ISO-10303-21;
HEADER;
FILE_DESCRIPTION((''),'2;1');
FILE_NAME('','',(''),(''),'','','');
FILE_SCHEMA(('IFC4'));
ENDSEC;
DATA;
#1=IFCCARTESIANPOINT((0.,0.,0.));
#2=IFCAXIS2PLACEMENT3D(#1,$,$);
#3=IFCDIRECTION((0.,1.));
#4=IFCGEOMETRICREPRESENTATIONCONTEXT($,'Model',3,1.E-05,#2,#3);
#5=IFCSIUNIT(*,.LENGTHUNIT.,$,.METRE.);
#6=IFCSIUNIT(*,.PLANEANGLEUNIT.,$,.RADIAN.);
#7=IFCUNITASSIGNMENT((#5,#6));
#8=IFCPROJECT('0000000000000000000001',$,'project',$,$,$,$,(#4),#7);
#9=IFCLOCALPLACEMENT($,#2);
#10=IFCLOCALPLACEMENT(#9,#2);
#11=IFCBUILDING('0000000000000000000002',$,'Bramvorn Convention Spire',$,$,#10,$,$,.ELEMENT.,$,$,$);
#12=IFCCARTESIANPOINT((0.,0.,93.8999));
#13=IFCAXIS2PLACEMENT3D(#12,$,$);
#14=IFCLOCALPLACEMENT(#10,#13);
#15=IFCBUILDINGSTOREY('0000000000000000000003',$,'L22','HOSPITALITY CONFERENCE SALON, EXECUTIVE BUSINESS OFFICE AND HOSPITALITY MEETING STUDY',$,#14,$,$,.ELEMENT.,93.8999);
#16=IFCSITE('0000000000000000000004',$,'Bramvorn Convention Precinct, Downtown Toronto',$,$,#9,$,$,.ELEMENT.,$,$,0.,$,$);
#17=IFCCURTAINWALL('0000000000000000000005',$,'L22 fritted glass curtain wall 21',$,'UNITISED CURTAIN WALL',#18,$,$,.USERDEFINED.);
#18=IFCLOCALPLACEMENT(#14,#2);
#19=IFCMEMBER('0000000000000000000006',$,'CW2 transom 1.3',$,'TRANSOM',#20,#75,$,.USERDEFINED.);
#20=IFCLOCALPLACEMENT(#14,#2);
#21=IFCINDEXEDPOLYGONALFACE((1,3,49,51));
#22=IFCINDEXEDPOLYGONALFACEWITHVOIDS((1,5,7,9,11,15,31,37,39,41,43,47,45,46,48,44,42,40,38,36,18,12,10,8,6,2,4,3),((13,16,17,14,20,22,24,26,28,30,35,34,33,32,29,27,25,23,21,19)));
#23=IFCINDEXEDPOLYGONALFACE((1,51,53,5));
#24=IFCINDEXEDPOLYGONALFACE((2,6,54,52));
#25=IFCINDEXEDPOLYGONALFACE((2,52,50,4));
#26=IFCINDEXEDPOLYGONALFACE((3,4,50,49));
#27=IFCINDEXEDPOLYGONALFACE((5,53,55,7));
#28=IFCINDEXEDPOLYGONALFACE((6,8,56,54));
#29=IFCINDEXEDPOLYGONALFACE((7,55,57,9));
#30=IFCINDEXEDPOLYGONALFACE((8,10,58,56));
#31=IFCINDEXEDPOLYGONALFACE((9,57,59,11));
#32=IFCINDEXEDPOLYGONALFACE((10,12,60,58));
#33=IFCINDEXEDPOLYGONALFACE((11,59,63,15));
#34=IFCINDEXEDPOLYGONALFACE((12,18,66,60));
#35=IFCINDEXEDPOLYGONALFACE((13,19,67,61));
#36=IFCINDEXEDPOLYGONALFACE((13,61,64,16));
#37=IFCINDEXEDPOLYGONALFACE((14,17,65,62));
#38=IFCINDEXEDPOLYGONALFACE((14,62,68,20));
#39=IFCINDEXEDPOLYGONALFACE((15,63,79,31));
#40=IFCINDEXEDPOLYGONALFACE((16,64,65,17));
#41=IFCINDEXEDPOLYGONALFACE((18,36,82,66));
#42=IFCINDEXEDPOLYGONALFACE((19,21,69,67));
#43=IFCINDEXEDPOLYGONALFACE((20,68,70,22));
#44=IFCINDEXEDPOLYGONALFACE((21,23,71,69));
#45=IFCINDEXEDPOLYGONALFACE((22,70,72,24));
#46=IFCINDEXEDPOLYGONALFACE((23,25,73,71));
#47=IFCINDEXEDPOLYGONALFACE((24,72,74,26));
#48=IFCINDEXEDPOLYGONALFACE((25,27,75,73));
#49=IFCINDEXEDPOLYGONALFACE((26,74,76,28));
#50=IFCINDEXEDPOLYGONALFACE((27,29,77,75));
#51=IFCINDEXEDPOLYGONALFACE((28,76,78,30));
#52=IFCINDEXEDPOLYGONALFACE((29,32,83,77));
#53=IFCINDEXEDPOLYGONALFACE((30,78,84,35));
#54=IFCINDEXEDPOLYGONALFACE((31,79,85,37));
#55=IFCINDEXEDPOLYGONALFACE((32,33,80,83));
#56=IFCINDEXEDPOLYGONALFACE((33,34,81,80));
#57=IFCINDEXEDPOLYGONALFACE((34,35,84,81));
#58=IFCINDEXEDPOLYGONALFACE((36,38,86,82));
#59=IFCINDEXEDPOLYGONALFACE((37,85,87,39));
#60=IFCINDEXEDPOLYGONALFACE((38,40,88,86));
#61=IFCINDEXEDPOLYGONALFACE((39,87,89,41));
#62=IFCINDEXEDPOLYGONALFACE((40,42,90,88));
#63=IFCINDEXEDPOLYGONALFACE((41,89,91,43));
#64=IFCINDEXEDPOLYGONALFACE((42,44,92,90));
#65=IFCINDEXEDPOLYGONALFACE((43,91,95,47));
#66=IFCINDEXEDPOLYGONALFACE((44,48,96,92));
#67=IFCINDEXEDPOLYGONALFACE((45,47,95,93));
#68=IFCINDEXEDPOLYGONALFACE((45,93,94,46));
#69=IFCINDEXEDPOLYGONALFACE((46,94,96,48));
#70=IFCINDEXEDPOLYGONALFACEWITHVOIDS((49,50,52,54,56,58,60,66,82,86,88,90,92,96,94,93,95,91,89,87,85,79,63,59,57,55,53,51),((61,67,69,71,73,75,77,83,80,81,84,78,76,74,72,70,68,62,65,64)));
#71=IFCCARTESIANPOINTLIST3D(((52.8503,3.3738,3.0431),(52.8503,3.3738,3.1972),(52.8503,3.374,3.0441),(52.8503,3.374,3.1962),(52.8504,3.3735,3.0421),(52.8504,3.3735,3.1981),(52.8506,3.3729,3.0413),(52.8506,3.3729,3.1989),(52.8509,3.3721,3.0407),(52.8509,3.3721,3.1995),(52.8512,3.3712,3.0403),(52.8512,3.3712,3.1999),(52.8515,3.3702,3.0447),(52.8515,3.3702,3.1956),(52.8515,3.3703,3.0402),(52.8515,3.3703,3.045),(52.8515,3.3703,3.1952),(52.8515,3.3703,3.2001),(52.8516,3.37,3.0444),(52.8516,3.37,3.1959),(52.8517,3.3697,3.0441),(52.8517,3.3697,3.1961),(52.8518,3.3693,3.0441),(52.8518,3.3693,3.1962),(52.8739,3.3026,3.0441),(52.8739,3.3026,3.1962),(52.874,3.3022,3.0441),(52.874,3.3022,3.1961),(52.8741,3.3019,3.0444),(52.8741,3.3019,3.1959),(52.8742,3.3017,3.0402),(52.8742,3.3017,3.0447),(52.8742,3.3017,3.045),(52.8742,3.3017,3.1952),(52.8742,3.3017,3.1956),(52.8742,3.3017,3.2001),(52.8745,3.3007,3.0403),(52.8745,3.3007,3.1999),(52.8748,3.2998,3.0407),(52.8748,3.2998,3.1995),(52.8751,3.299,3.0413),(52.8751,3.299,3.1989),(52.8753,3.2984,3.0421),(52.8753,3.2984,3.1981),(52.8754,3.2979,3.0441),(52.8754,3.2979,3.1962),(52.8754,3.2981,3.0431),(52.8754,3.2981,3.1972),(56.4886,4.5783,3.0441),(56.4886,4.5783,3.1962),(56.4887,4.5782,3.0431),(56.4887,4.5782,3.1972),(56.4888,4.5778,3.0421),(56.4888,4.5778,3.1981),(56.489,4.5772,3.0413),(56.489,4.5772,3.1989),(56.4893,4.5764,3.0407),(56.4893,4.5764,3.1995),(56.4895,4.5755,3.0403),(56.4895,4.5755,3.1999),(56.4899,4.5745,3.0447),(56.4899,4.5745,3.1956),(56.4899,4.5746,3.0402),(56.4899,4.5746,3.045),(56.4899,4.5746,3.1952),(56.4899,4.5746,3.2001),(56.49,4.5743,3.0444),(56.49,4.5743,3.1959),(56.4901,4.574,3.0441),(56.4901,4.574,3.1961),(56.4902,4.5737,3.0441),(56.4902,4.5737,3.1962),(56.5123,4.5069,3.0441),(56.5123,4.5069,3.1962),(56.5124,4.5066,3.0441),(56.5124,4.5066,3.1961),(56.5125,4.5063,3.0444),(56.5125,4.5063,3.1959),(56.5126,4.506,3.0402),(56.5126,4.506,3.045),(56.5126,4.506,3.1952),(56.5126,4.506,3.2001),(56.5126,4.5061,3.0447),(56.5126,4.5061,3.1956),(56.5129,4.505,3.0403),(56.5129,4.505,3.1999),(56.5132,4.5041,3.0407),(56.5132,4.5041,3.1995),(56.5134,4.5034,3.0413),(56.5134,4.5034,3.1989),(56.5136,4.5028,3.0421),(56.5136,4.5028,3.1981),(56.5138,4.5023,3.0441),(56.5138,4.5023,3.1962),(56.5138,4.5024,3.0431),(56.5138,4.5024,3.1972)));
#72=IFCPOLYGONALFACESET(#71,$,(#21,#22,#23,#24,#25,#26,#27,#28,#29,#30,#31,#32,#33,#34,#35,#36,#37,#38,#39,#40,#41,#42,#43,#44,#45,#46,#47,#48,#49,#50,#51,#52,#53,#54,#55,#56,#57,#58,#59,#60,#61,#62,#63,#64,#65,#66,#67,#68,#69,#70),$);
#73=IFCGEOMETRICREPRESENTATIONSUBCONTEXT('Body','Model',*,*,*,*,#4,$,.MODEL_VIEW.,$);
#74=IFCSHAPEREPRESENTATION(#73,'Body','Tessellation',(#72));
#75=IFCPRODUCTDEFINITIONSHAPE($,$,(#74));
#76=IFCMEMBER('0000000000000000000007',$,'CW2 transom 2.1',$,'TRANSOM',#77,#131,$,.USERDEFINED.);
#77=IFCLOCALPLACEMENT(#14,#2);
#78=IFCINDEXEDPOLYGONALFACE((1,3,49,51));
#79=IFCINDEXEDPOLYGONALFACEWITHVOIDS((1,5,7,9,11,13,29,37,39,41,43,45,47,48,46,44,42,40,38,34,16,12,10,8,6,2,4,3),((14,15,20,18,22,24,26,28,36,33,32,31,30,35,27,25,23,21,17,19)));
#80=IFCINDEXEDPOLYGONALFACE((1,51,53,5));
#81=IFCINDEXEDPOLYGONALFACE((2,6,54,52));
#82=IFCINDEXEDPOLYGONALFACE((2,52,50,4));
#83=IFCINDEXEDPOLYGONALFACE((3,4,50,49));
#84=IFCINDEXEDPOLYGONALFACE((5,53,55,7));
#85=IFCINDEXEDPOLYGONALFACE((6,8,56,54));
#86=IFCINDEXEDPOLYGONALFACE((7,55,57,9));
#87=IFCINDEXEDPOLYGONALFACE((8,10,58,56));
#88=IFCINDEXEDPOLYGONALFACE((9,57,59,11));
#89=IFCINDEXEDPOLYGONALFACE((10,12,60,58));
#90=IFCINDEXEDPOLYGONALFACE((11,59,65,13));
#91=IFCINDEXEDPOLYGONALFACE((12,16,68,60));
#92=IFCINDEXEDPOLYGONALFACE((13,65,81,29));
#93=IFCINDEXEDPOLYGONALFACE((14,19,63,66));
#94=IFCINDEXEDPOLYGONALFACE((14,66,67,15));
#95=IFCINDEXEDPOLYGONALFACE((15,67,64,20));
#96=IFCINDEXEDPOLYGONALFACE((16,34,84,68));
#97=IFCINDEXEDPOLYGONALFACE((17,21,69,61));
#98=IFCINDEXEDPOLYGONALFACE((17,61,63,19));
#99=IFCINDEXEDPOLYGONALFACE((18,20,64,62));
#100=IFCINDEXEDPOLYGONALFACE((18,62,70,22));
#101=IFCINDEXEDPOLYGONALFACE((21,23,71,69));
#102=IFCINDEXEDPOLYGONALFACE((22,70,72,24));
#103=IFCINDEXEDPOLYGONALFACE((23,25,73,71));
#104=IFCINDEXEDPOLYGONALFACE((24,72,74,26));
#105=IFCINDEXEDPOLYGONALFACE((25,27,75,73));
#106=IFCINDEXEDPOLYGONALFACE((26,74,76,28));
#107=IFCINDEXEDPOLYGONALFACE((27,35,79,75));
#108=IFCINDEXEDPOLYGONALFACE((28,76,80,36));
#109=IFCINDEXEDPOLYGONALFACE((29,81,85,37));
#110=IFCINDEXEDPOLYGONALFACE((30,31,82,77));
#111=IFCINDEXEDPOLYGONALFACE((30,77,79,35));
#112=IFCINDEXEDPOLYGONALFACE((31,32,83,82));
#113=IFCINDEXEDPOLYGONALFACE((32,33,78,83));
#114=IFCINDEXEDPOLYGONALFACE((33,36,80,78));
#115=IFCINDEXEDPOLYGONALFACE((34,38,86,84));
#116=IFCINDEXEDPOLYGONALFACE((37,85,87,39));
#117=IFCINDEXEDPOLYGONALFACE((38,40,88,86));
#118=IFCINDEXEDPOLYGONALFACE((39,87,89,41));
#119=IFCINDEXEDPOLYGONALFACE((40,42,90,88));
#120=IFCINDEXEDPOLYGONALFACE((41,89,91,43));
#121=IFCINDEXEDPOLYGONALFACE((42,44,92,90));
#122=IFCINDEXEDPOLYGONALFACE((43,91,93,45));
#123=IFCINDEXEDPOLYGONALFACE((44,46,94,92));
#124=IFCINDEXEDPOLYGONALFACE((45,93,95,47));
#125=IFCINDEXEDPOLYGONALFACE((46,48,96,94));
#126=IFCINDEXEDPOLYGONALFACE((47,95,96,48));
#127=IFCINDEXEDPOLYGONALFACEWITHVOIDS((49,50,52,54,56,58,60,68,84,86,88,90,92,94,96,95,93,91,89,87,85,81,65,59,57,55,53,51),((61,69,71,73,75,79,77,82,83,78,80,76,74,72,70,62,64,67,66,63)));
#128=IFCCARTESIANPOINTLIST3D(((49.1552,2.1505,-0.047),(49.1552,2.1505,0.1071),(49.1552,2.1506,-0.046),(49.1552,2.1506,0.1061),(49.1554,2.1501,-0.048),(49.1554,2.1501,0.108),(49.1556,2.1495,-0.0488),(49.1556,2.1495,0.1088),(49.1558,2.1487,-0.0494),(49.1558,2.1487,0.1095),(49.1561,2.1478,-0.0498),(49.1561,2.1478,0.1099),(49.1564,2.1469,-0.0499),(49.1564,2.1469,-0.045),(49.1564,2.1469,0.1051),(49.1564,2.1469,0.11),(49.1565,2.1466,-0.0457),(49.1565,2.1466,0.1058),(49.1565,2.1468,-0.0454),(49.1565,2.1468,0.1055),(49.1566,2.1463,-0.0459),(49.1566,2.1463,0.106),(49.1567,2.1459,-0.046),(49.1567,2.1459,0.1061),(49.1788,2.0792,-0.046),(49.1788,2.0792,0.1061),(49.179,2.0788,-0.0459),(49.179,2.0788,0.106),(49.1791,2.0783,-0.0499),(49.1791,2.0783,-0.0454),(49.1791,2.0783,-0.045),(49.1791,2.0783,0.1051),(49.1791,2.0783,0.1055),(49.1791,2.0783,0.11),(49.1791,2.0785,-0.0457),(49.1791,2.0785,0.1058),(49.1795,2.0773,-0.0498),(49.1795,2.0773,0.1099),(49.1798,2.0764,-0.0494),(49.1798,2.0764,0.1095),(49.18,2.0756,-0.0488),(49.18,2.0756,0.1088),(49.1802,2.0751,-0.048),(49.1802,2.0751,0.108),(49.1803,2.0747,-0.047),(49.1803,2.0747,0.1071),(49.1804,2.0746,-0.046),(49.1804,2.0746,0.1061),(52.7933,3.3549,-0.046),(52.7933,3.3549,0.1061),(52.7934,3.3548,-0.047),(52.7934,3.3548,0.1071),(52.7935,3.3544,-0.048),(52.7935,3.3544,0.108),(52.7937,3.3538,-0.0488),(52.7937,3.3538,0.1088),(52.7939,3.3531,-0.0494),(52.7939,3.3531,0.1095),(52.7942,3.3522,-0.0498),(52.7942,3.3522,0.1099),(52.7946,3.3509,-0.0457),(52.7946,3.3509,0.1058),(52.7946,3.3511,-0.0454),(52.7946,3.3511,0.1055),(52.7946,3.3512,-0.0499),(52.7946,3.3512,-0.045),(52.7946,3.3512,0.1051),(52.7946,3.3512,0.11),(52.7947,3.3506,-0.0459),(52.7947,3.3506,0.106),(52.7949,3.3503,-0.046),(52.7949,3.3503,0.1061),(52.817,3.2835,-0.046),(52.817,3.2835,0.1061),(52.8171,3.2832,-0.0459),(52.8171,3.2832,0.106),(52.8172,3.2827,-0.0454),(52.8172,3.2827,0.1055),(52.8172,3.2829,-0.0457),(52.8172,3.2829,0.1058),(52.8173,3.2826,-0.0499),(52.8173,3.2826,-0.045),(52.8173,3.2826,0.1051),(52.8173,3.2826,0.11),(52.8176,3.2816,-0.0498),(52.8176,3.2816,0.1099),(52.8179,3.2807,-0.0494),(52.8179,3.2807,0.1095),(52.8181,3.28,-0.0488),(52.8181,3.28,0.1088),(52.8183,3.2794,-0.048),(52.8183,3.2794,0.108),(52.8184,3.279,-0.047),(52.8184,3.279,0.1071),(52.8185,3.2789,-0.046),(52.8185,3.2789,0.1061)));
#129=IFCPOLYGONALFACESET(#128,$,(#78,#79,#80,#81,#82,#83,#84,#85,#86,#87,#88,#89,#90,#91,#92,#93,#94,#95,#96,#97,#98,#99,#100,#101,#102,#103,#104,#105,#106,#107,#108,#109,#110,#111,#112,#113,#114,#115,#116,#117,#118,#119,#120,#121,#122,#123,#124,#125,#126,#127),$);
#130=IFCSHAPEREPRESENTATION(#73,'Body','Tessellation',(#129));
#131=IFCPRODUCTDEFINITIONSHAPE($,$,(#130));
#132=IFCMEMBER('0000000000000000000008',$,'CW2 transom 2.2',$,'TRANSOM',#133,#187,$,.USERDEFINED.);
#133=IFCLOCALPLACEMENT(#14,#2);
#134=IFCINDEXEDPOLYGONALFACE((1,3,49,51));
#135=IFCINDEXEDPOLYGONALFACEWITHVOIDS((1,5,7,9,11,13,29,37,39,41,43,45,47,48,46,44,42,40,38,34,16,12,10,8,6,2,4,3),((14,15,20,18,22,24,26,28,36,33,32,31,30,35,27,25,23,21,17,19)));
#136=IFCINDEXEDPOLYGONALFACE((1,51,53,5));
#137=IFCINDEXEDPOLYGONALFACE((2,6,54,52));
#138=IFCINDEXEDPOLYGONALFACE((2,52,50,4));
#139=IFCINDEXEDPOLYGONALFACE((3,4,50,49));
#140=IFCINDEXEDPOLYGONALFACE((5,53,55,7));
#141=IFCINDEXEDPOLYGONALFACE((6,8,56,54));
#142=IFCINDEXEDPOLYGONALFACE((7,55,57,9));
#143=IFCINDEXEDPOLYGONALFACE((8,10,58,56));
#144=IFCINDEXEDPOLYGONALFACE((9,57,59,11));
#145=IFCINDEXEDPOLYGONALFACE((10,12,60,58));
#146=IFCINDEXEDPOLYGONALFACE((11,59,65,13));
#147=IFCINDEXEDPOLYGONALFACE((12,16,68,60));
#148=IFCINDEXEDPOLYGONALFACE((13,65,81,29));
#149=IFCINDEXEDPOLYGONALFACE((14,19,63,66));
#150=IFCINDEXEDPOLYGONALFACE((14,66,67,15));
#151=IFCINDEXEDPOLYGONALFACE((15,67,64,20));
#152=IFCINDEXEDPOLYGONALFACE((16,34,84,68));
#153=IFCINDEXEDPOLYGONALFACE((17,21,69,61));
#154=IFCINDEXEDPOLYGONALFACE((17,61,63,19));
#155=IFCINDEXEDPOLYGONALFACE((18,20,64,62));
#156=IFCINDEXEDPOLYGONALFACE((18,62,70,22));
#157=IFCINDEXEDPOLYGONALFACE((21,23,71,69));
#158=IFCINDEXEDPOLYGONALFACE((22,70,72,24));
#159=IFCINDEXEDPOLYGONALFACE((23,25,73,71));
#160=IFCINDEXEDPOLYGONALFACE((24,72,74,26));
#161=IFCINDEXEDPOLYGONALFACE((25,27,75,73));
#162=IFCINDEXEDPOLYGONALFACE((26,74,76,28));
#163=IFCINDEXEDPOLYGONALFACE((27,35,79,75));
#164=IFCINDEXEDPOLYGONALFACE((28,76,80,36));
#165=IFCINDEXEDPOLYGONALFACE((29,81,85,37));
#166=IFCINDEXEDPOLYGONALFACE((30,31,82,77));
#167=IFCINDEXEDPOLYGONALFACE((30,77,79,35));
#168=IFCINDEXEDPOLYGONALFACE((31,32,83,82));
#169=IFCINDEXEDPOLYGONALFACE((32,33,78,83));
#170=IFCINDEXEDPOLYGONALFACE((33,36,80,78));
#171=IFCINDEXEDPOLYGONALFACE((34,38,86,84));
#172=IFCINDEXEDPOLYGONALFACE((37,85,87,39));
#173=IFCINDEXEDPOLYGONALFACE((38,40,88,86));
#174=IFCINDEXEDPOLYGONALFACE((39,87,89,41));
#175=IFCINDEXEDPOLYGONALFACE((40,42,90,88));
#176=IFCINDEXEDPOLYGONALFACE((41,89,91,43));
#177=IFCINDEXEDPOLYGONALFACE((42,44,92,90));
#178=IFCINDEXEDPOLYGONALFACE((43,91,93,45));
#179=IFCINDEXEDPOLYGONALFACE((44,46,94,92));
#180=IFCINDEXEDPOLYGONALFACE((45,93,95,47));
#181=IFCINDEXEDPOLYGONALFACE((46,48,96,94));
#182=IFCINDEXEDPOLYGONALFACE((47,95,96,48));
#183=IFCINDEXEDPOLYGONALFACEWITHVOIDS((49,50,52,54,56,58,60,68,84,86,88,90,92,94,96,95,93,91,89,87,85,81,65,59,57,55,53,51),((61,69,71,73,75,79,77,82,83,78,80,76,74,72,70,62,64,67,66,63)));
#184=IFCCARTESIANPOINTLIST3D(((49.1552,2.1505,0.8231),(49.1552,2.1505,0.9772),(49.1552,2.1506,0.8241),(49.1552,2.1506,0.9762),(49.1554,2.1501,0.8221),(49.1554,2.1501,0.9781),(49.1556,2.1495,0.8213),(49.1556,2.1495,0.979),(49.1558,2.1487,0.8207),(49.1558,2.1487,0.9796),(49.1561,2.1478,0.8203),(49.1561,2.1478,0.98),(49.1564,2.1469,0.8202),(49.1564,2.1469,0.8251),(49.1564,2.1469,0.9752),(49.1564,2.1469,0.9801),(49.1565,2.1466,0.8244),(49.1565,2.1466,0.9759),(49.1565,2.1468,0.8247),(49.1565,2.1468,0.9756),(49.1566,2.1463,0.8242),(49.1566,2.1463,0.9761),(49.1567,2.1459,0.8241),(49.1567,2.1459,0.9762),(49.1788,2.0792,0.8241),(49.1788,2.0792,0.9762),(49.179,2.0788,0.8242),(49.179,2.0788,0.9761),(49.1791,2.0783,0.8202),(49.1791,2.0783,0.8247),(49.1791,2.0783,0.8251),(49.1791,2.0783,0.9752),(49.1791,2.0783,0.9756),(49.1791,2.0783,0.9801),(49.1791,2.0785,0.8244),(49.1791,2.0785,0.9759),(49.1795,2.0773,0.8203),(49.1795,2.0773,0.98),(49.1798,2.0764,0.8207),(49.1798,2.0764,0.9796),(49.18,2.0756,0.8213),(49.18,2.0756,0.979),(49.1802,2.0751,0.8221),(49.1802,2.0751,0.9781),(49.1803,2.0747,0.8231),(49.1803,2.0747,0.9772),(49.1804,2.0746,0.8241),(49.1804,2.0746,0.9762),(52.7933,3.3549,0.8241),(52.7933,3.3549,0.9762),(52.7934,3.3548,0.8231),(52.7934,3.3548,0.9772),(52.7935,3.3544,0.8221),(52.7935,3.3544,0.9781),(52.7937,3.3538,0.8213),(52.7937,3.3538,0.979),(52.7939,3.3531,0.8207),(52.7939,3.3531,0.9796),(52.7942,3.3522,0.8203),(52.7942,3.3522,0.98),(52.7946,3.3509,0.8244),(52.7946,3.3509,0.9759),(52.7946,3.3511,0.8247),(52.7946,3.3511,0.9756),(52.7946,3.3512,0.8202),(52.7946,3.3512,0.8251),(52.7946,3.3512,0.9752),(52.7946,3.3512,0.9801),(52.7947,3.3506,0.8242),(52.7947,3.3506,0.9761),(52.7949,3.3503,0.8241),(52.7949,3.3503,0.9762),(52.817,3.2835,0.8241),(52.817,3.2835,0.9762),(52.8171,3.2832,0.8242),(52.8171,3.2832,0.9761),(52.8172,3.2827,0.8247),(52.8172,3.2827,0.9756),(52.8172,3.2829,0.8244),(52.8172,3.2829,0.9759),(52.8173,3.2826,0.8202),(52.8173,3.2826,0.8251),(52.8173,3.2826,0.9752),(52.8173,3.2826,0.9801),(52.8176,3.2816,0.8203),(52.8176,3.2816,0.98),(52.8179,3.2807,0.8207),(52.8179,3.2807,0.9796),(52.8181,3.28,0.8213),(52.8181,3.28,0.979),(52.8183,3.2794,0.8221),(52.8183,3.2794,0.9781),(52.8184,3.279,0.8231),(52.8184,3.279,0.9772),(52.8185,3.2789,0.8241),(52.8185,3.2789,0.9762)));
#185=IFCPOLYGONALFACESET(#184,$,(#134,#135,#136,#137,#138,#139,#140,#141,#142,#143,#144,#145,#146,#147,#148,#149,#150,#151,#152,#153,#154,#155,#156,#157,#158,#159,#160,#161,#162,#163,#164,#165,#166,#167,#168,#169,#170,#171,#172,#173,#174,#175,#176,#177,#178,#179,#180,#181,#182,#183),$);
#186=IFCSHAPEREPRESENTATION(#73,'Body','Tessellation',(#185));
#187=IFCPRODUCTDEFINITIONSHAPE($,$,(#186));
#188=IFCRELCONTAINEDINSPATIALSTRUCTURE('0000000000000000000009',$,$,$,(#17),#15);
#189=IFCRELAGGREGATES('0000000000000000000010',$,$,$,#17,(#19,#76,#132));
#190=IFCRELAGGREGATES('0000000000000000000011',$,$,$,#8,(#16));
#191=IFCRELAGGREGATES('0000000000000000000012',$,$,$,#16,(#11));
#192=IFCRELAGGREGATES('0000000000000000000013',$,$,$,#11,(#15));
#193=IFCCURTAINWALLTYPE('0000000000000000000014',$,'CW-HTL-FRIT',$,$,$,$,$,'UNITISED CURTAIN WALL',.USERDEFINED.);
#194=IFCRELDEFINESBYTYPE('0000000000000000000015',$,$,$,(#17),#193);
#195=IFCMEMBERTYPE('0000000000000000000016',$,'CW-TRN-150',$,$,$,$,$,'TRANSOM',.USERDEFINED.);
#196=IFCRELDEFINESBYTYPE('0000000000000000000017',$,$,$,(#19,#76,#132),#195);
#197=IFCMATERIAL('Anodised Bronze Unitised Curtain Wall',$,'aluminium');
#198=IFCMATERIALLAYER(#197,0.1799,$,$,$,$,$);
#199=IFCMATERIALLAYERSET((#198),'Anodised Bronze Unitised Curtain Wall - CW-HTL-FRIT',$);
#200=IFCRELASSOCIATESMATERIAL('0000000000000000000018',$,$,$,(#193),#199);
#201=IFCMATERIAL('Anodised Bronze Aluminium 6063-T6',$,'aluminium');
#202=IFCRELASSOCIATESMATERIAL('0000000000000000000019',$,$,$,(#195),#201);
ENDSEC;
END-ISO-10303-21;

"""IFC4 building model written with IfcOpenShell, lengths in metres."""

from ifc_helpers import new_model, si_unit, direction, frame, origin, origin_2d, place, context, subcontext, project, spatial, hollow_rectangle, extrude, material, layer, layer_set, material_profile, profile_set, type_object, element, aggregate, save


model = new_model("IFC4")

# Units and contexts
model_context = context("Model", 3, precision=1e-05, world=origin(), true_north=direction((0.0, 1.0)))
body_context = subcontext(model_context, "Body", "Model", "MODEL_VIEW")
ifc_project = project(units=[si_unit("LENGTHUNIT", "METRE"), si_unit("PLANEANGLEUNIT", "RADIAN")], contexts=[model_context])

# Site, building, storey
site_placement = place(None, origin())
site = spatial("IfcSite", under=ifc_project, at=site_placement, Name="Bramvorn Convention Precinct, Downtown Toronto", CompositionType="ELEMENT", RefElevation=0.0)
building_placement = place(site_placement, origin())
building = spatial("IfcBuilding", under=site, at=building_placement, Name="Bramvorn Convention Spire", CompositionType="ELEMENT")
storey_placement = place(building_placement, frame((0.0, 0.0, 93.8999)))
storey = spatial("IfcBuildingStorey", under=building, at=storey_placement, Name="L22", Description="HOSPITALITY CONFERENCE SALON, EXECUTIVE BUSINESS OFFICE AND HOSPITALITY MEETING STUDY", CompositionType="ELEMENT", Elevation=93.8999)

# Curtain wall, members
ifc_material_1 = material(Name="Anodised Bronze Unitised Curtain Wall", Category="aluminium")
ifc_layer_1 = layer(ifc_material_1, 0.1799)
ifc_layer_set_1 = layer_set([ifc_layer_1], Name="Anodised Bronze Unitised Curtain Wall - CW-HTL-FRIT")
curtain_wall_type = type_object("IfcCurtainWallType", Name="CW-HTL-FRIT", ElementType="UNITISED CURTAIN WALL", PredefinedType="USERDEFINED", material=ifc_layer_set_1)
curtain_wall_placement = place(storey_placement, origin())
curtain_wall = element("IfcCurtainWall", 1, at=curtain_wall_placement, inside=storey, type_object=curtain_wall_type, Name="L22 fritted glass curtain wall 21", ObjectType="UNITISED CURTAIN WALL", PredefinedType="USERDEFINED")
ifc_material_2 = material(Name="Anodised Bronze Aluminium 6063-T6", Category="aluminium")
ifc_material_profile_1 = material_profile(ifc_material_2, hollow_rectangle(XDim=0.0801, YDim=0.1599, WallThickness=0.0039, InnerFilletRadius=0.001, OuterFilletRadius=0.0039, at=origin_2d()))
ifc_profile_set_1 = profile_set([ifc_material_profile_1], Name="Anodised Bronze Aluminium 6063-T6 - CWT80X160")
member_type_1 = type_object("IfcMemberType", Name="CW-TRN-150", ElementType="TRANSOM", PredefinedType="USERDEFINED", material=ifc_profile_set_1)
member_1_placement = place(storey_placement, frame((56.5012, 4.5403, 3.1201), z_axis=(-0.949344, -0.31424, 0.0), x_axis=(0.31424, -0.949344, 0.0)))
member_1 = element("IfcMember", 2, at=member_1_placement, type_object=member_type_1, Name="CW2 transom 1.3", ObjectType="TRANSOM", PredefinedType="USERDEFINED", context=body_context, shape_type="SweptSolid", body=[
    extrude(hollow_rectangle(XDim=0.0801, YDim=0.1599, WallThickness=0.0039, InnerFilletRadius=0.001, OuterFilletRadius=0.0039, at=origin_2d()), origin(), (0.0, 0.0, 1.0), 3.8325),
])
member_2_placement = place(storey_placement, frame((52.8059, 3.3169, 0.03), z_axis=(-0.949337, -0.314259, 0.0), x_axis=(0.314259, -0.949337, 0.0)))
member_2 = element("IfcMember", 3, at=member_2_placement, type_object=member_type_1, Name="CW2 transom 2.1", ObjectType="TRANSOM", PredefinedType="USERDEFINED", context=body_context, shape_type="SweptSolid", body=[
    extrude(hollow_rectangle(XDim=0.0801, YDim=0.1599, WallThickness=0.0039, InnerFilletRadius=0.001, OuterFilletRadius=0.0039, at=origin_2d()), origin(), (0.0, 0.0, 1.0), 3.8323),
])
member_3_placement = place(storey_placement, frame((52.8059, 3.3169, 0.9001), z_axis=(-0.949337, -0.314259, 0.0), x_axis=(0.314259, -0.949337, 0.0)))
member_3 = element("IfcMember", 4, at=member_3_placement, type_object=member_type_1, Name="CW2 transom 2.2", ObjectType="TRANSOM", PredefinedType="USERDEFINED", context=body_context, shape_type="SweptSolid", body=[
    extrude(hollow_rectangle(XDim=0.0801, YDim=0.1599, WallThickness=0.0039, InnerFilletRadius=0.001, OuterFilletRadius=0.0039, at=origin_2d()), origin(), (0.0, 0.0, 1.0), 3.8323),
])

aggregate(curtain_wall, [member_1, member_2, member_3])

save(model, "model.ifc")
